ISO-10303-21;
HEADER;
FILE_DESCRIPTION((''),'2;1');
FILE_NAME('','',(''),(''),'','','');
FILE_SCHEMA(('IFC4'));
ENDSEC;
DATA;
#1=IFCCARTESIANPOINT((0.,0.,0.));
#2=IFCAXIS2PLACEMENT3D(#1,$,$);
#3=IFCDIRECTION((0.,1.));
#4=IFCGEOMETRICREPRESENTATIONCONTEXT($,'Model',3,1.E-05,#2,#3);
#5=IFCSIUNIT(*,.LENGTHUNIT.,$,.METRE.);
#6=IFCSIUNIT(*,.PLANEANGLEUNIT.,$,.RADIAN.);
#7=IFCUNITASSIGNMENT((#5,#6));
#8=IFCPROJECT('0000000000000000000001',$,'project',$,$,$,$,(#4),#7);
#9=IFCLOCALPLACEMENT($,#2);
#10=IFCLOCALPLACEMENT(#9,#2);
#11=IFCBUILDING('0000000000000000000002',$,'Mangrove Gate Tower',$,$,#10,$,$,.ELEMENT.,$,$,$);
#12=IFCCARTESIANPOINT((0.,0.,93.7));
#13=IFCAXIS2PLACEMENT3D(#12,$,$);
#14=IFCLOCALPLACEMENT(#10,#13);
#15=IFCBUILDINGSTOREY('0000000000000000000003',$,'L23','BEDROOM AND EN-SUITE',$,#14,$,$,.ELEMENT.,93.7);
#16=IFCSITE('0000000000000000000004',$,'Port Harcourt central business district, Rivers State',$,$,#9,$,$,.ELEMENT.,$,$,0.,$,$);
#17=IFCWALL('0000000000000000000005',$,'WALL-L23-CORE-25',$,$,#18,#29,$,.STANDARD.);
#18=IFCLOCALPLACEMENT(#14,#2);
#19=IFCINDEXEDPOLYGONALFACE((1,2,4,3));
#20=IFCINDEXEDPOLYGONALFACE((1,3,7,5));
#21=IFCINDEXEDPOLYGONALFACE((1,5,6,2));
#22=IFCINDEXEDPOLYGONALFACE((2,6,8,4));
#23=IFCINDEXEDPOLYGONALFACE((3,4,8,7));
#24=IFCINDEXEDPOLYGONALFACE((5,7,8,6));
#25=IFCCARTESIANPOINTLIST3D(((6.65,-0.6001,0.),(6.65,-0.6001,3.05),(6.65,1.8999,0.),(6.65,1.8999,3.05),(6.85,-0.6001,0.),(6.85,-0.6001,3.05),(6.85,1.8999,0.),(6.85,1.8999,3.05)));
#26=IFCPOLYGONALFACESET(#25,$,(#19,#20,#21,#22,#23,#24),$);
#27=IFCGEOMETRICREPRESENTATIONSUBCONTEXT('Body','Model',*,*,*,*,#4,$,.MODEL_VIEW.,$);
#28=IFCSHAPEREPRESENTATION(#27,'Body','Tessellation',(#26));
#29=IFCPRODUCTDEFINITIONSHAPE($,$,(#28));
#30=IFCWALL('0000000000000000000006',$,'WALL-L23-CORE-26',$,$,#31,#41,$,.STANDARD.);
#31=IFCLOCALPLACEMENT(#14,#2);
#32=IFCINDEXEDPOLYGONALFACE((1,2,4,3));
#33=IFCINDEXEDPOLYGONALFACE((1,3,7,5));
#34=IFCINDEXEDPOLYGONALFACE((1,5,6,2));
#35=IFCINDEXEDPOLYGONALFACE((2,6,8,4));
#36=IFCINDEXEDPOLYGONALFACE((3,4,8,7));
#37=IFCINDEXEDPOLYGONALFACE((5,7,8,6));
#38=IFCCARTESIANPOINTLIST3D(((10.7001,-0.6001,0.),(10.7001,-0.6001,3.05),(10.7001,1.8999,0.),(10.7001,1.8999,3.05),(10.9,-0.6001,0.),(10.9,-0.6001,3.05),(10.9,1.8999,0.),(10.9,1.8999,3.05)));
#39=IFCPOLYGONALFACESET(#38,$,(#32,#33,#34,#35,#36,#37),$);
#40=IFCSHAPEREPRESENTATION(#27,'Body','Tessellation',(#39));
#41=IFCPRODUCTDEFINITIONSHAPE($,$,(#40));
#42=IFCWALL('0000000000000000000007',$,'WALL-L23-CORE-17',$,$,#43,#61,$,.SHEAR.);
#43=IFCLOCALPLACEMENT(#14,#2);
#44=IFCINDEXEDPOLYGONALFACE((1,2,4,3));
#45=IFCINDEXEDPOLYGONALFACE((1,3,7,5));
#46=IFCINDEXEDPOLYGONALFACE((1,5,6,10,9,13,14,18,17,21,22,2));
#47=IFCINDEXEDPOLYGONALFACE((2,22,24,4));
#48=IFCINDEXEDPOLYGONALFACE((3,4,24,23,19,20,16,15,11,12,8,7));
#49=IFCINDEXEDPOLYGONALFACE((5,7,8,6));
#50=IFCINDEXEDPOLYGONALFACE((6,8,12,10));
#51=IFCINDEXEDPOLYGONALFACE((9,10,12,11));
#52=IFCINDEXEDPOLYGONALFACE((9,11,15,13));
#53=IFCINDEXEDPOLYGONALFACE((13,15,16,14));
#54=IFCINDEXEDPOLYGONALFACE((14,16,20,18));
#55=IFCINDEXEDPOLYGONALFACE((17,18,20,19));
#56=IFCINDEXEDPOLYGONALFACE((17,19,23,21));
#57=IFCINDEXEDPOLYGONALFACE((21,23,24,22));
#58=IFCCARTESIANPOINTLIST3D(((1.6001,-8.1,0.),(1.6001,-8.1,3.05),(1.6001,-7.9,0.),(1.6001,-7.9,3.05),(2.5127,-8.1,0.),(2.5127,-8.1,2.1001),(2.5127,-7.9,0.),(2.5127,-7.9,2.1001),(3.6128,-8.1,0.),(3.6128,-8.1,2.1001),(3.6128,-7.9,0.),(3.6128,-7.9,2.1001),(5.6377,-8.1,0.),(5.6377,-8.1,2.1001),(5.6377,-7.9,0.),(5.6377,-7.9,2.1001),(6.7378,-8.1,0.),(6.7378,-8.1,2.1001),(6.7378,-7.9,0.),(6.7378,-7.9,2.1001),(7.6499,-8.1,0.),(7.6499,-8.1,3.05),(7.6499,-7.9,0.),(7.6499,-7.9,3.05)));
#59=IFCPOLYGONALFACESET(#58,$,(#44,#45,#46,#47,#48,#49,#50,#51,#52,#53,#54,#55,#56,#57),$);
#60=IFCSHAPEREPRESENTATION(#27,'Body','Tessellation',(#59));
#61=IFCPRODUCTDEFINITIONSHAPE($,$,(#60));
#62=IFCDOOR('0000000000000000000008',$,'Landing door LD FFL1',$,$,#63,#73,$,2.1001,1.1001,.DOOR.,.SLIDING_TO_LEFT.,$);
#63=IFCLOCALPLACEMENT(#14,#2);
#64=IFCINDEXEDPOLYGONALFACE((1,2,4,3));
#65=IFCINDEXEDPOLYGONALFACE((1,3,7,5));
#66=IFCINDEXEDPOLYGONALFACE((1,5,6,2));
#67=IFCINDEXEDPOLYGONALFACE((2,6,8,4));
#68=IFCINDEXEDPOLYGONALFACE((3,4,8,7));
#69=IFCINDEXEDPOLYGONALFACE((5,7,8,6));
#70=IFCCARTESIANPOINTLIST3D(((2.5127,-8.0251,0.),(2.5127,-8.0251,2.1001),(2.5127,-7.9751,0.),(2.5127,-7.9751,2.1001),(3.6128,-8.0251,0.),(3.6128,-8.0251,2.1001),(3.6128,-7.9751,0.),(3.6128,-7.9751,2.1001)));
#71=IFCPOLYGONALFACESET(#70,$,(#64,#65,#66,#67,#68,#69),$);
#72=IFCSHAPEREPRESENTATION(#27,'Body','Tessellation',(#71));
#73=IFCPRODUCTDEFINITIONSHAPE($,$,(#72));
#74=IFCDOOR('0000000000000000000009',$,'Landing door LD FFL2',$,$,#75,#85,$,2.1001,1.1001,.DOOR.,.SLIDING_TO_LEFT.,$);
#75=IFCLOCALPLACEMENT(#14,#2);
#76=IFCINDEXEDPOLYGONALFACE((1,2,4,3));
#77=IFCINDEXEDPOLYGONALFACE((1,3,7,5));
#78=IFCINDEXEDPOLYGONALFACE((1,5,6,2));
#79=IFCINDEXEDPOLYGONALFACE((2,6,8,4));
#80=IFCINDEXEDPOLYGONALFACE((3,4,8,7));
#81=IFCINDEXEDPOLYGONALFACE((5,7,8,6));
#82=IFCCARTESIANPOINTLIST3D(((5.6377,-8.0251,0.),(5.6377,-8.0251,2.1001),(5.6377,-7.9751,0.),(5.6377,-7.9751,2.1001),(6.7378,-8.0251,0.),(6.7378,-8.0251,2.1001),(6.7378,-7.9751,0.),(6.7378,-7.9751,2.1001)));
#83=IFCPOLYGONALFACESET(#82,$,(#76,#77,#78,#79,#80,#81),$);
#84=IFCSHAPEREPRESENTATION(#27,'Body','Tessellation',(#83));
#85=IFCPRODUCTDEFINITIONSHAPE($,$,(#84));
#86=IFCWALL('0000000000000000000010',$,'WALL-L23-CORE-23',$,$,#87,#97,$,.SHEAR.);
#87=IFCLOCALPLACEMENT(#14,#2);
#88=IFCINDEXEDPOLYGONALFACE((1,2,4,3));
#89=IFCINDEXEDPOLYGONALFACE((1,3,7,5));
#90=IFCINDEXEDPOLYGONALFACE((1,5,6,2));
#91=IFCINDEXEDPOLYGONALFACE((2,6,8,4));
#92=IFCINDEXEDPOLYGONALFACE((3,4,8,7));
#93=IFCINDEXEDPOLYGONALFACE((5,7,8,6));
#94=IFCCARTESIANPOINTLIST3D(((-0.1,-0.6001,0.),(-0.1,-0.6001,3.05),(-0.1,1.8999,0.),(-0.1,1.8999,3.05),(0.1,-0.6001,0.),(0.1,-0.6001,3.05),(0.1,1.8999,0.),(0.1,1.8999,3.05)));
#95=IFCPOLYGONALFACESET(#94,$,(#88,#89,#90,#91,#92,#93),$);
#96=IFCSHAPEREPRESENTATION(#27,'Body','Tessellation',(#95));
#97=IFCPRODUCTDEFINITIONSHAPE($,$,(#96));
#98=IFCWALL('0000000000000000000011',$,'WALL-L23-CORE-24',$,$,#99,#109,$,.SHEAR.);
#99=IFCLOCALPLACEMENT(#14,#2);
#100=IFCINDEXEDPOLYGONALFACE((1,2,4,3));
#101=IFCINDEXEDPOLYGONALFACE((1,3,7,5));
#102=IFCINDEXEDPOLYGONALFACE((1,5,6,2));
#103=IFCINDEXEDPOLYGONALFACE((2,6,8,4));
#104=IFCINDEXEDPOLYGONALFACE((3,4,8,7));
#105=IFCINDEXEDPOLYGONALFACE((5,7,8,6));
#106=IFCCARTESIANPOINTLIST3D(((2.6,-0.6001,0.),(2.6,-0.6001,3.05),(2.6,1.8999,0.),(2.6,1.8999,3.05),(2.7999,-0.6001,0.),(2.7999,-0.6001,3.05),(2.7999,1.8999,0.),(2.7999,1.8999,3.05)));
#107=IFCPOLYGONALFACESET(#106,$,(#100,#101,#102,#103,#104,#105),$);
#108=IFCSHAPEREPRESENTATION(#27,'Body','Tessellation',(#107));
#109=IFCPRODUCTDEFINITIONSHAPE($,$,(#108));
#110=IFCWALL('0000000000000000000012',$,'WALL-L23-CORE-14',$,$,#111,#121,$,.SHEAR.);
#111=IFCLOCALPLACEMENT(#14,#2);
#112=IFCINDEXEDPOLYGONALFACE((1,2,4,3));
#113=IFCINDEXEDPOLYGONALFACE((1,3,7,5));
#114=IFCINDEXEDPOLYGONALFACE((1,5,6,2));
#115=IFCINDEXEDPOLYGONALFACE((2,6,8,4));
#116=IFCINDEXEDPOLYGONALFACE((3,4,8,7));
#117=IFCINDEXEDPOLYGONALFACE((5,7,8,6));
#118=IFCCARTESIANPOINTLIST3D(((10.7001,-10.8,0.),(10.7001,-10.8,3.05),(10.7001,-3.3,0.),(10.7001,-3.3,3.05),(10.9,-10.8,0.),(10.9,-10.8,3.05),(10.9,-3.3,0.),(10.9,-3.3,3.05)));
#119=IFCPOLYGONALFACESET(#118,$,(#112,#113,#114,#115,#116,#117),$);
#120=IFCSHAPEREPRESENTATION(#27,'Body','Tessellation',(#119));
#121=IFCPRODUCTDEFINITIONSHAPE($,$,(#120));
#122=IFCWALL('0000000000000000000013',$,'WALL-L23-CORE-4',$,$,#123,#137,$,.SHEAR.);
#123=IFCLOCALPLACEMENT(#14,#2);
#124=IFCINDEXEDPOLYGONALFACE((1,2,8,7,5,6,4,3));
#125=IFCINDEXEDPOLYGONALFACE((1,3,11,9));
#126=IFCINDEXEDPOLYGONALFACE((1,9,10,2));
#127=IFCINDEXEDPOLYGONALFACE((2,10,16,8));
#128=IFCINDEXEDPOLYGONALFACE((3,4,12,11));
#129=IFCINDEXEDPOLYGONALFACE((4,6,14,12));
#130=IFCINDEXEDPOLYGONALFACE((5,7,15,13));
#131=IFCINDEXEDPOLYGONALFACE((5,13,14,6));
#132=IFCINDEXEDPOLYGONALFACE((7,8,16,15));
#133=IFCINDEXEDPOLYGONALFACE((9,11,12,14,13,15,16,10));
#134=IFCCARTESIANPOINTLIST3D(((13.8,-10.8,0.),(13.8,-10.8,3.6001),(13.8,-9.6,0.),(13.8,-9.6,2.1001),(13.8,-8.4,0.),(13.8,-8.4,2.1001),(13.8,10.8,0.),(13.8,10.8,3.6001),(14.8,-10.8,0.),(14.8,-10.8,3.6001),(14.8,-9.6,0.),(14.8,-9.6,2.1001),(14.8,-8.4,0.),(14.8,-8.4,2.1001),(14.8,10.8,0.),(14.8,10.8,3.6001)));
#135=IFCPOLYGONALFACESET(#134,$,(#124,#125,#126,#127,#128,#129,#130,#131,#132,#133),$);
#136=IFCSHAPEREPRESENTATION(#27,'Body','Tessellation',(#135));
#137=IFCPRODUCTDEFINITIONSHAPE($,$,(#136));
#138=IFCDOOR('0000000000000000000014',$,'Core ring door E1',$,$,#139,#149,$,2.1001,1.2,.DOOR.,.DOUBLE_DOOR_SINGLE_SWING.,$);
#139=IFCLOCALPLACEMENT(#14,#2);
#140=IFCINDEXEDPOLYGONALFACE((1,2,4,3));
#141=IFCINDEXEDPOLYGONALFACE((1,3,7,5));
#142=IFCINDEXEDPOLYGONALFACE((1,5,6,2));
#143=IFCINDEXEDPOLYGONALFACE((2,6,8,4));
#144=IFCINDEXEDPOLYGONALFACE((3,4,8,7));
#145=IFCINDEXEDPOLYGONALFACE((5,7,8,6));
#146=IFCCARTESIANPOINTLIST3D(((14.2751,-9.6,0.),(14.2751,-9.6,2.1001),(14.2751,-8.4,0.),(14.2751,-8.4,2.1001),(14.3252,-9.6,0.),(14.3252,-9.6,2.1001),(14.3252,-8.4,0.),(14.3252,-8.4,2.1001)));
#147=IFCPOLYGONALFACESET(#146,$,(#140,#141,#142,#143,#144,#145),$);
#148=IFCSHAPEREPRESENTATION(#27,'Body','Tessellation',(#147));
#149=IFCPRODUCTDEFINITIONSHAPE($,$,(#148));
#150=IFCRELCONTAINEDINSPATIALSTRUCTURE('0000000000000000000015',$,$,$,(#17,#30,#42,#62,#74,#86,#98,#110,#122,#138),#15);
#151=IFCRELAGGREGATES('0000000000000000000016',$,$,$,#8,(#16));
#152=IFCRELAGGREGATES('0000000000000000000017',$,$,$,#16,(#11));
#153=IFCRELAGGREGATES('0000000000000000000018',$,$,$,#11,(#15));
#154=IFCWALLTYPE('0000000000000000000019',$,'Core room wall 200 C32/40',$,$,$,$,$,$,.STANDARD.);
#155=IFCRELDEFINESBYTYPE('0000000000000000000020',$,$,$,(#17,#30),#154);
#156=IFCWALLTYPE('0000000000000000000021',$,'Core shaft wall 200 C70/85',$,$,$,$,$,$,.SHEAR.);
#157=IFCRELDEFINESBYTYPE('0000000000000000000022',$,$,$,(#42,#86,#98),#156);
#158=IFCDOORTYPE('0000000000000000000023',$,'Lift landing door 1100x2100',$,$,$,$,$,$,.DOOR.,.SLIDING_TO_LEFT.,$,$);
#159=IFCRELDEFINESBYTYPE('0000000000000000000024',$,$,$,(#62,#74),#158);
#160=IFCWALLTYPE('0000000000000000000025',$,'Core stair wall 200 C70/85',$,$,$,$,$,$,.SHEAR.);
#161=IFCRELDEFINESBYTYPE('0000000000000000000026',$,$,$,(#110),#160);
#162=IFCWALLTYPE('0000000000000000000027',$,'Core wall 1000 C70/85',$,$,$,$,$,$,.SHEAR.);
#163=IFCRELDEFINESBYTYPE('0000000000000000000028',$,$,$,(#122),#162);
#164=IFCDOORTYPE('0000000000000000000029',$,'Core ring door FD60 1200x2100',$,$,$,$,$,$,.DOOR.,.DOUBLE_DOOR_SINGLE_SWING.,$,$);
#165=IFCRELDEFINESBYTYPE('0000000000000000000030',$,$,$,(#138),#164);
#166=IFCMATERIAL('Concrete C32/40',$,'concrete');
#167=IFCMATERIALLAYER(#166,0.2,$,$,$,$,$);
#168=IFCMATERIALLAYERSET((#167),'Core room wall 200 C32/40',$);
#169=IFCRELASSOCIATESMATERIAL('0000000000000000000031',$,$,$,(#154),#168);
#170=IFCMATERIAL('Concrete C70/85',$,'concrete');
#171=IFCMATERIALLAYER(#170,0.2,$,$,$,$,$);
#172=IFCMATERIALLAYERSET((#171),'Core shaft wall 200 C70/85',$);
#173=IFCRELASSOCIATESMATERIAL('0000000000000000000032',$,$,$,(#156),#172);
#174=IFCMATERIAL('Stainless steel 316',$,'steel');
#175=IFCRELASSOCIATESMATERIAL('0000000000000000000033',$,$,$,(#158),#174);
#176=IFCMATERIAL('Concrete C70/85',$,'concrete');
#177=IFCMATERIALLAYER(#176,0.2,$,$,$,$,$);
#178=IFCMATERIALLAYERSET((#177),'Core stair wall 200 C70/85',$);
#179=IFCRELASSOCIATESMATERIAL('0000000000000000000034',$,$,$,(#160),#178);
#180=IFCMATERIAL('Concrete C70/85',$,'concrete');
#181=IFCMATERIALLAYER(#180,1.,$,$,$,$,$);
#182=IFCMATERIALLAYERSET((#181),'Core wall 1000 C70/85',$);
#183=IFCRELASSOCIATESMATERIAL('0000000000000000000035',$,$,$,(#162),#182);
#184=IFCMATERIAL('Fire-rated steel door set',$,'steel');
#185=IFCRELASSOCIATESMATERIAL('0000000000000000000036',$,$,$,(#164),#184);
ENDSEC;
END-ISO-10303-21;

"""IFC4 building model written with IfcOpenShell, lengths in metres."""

from ifc_helpers import new_model, si_unit, direction, frame, frame_2d, origin, place, context, subcontext, project, spatial, rectangle, extrude, material, layer, layer_set, type_object, element, fill, save


model = new_model("IFC4")

# Units and contexts
model_context = context("Model", 3, precision=1e-05, world=origin(), true_north=direction((0.0, 1.0)))
body_context = subcontext(model_context, "Body", "Model", "MODEL_VIEW")
ifc_project = project(units=[si_unit("LENGTHUNIT", "METRE"), si_unit("PLANEANGLEUNIT", "RADIAN")], contexts=[model_context])

# Site, building, storey
site_placement = place(None, origin())
site = spatial("IfcSite", under=ifc_project, at=site_placement, Name="Port Harcourt central business district, Rivers State", CompositionType="ELEMENT", RefElevation=0.0)
building_placement = place(site_placement, origin())
building = spatial("IfcBuilding", under=site, at=building_placement, Name="Mangrove Gate Tower", CompositionType="ELEMENT")
storey_placement = place(building_placement, frame((0.0, 0.0, 93.7)))
storey = spatial("IfcBuildingStorey", under=building, at=storey_placement, Name="L23", Description="BEDROOM AND EN-SUITE", CompositionType="ELEMENT", Elevation=93.7)

# Walls
ifc_material_1 = material(Name="Concrete C32/40", Category="concrete")
ifc_layer_1 = layer(ifc_material_1, 0.2)
ifc_layer_set_1 = layer_set([ifc_layer_1], Name="Core room wall 200 C32/40")
wall_type_1 = type_object("IfcWallType", Name="Core room wall 200 C32/40", PredefinedType="STANDARD", material=ifc_layer_set_1)
for number, where, z_axis, x_axis, name in (
    (1, (6.75, -0.6001, 0.0), (0.0, 0.0, 1.0), (0.0, 1.0, 0.0), "WALL-L23-CORE-25"),
    (2, (10.8, -0.6001, 0.0), (0.0, 0.0, 1.0), (0.0, 1.0, 0.0), "WALL-L23-CORE-26"),
):
    element("IfcWall", number, at=place(storey_placement, frame(where, z_axis=z_axis, x_axis=x_axis)), inside=storey, type_object=wall_type_1, Name=name, PredefinedType="STANDARD", context=body_context, shape_type="SweptSolid", body=[
        extrude(rectangle(XDim=2.5, YDim=0.2, at=frame_2d((1.25, 0.0))), origin(), (0.0, 0.0, 1.0), 3.05),
    ])

# Wall, openings, doors
ifc_material_2 = material(Name="Concrete C70/85", Category="concrete")
ifc_layer_2 = layer(ifc_material_2, 0.2)
ifc_layer_set_2 = layer_set([ifc_layer_2], Name="Core shaft wall 200 C70/85")
wall_type_2 = type_object("IfcWallType", Name="Core shaft wall 200 C70/85", PredefinedType="SHEAR", material=ifc_layer_set_2)
wall_1_placement = place(storey_placement, frame((1.6001, -8.0, 0.0), z_axis=(0.0, 0.0, 1.0), x_axis=(1.0, 0.0, 0.0)))
wall_1 = element("IfcWall", 3, at=wall_1_placement, inside=storey, type_object=wall_type_2, Name="WALL-L23-CORE-17", PredefinedType="SHEAR", context=body_context, shape_type="SweptSolid", body=[
    extrude(rectangle(XDim=6.0498, YDim=0.2, at=frame_2d((3.0249, 0.0))), origin(), (0.0, 0.0, 1.0), 3.05),
])
opening_1_placement = place(wall_1_placement, frame((0.9126, 0.0, 0.0)))
opening_1 = element("IfcOpeningElement", 4, at=opening_1_placement, cuts=wall_1, PredefinedType="OPENING", context=body_context, shape_type="SweptSolid", body=[
    extrude(rectangle(XDim=1.1001, YDim=2.1001, at=frame_2d((0.55, 1.05))), frame((0.0, 0.1099, 0.0), z_axis=(0.0, -1.0, 0.0), x_axis=(1.0, 0.0, 0.0)), (0.0, 0.0, 1.0), 0.22),
])
opening_2_placement = place(wall_1_placement, frame((4.0376, 0.0, 0.0)))
opening_2 = element("IfcOpeningElement", 5, at=opening_2_placement, cuts=wall_1, PredefinedType="OPENING", context=body_context, shape_type="SweptSolid", body=[
    extrude(rectangle(XDim=1.1001, YDim=2.1001, at=frame_2d((0.55, 1.05))), frame((0.0, 0.1099, 0.0), z_axis=(0.0, -1.0, 0.0), x_axis=(1.0, 0.0, 0.0)), (0.0, 0.0, 1.0), 0.22),
])
ifc_material_3 = material(Name="Stainless steel 316", Category="steel")
door_type_1 = type_object("IfcDoorType", Name="Lift landing door 1100x2100", OperationType="SLIDING_TO_LEFT", PredefinedType="DOOR", material=ifc_material_3)
door_1_placement = place(opening_1_placement, origin())
door_1 = element("IfcDoor", 6, at=door_1_placement, inside=storey, type_object=door_type_1, Name="Landing door LD FFL1", OperationType="SLIDING_TO_LEFT", OverallHeight=2.1001, OverallWidth=1.1001, PredefinedType="DOOR", context=body_context, shape_type="SweptSolid", body=[
    extrude(rectangle(XDim=1.1001, YDim=2.1001, at=frame_2d((0.55, 1.05))), frame((0.0, 0.0249, 0.0), z_axis=(0.0, -1.0, 0.0), x_axis=(1.0, 0.0, 0.0)), (0.0, 0.0, 1.0), 0.05),
])
fill(opening_1, door_1)
door_2_placement = place(opening_2_placement, origin())
door_2 = element("IfcDoor", 7, at=door_2_placement, inside=storey, type_object=door_type_1, Name="Landing door LD FFL2", OperationType="SLIDING_TO_LEFT", OverallHeight=2.1001, OverallWidth=1.1001, PredefinedType="DOOR", context=body_context, shape_type="SweptSolid", body=[
    extrude(rectangle(XDim=1.1001, YDim=2.1001, at=frame_2d((0.55, 1.05))), frame((0.0, 0.0249, 0.0), z_axis=(0.0, -1.0, 0.0), x_axis=(1.0, 0.0, 0.0)), (0.0, 0.0, 1.0), 0.05),
])
fill(opening_2, door_2)

# Walls
for number, where, z_axis, x_axis, name in (
    (8, (0.0, -0.6001, 0.0), (0.0, 0.0, 1.0), (0.0, 1.0, 0.0), "WALL-L23-CORE-23"),
    (9, (2.7, -0.6001, 0.0), (0.0, 0.0, 1.0), (0.0, 1.0, 0.0), "WALL-L23-CORE-24"),
):
    element("IfcWall", number, at=place(storey_placement, frame(where, z_axis=z_axis, x_axis=x_axis)), inside=storey, type_object=wall_type_2, Name=name, PredefinedType="SHEAR", context=body_context, shape_type="SweptSolid", body=[
        extrude(rectangle(XDim=2.5, YDim=0.2, at=frame_2d((1.25, 0.0))), origin(), (0.0, 0.0, 1.0), 3.05),
    ])
ifc_material_4 = material(Name="Concrete C70/85", Category="concrete")
ifc_layer_3 = layer(ifc_material_4, 0.2)
ifc_layer_set_3 = layer_set([ifc_layer_3], Name="Core stair wall 200 C70/85")
wall_type_3 = type_object("IfcWallType", Name="Core stair wall 200 C70/85", PredefinedType="SHEAR", material=ifc_layer_set_3)
wall_2_placement = place(storey_placement, frame((10.8, -10.8, 0.0), z_axis=(0.0, 0.0, 1.0), x_axis=(0.0, 1.0, 0.0)))
element("IfcWall", 10, at=wall_2_placement, inside=storey, type_object=wall_type_3, Name="WALL-L23-CORE-14", PredefinedType="SHEAR", context=body_context, shape_type="SweptSolid", body=[
    extrude(rectangle(XDim=7.5, YDim=0.2, at=frame_2d((3.75, 0.0))), origin(), (0.0, 0.0, 1.0), 3.05),
])

# Wall, opening, door
ifc_material_5 = material(Name="Concrete C70/85", Category="concrete")
ifc_layer_4 = layer(ifc_material_5, 1.0)
ifc_layer_set_4 = layer_set([ifc_layer_4], Name="Core wall 1000 C70/85")
wall_type_4 = type_object("IfcWallType", Name="Core wall 1000 C70/85", PredefinedType="SHEAR", material=ifc_layer_set_4)
wall_3_placement = place(storey_placement, frame((14.3, -10.8, 0.0), z_axis=(0.0, 0.0, 1.0), x_axis=(0.0, 1.0, 0.0)))
wall_3 = element("IfcWall", 11, at=wall_3_placement, inside=storey, type_object=wall_type_4, Name="WALL-L23-CORE-4", PredefinedType="SHEAR", context=body_context, shape_type="SweptSolid", body=[
    extrude(rectangle(XDim=21.6001, YDim=1.0, at=frame_2d((10.8, 0.0))), origin(), (0.0, 0.0, 1.0), 3.6001),
])
opening_3_placement = place(wall_3_placement, frame((1.2, 0.0, 0.0)))
opening_3 = element("IfcOpeningElement", 12, at=opening_3_placement, cuts=wall_3, PredefinedType="OPENING", context=body_context, shape_type="SweptSolid", body=[
    extrude(rectangle(XDim=1.2, YDim=2.1001, at=frame_2d((0.6001, 1.05))), frame((0.0, 0.51, 0.0), z_axis=(0.0, -1.0, 0.0), x_axis=(1.0, 0.0, 0.0)), (0.0, 0.0, 1.0), 1.02),
])
ifc_material_6 = material(Name="Fire-rated steel door set", Category="steel")
door_type_2 = type_object("IfcDoorType", Name="Core ring door FD60 1200x2100", OperationType="DOUBLE_DOOR_SINGLE_SWING", PredefinedType="DOOR", material=ifc_material_6)
door_3_placement = place(opening_3_placement, origin())
door_3 = element("IfcDoor", 13, at=door_3_placement, inside=storey, type_object=door_type_2, Name="Core ring door E1", OperationType="DOUBLE_DOOR_SINGLE_SWING", OverallHeight=2.1001, OverallWidth=1.2, PredefinedType="DOOR", context=body_context, shape_type="SweptSolid", body=[
    extrude(rectangle(XDim=1.2, YDim=2.1001, at=frame_2d((0.6001, 1.05))), frame((0.0, 0.0249, 0.0), z_axis=(0.0, -1.0, 0.0), x_axis=(1.0, 0.0, 0.0)), (0.0, 0.0, 1.0), 0.05),
])
fill(opening_3, door_3)

save(model, "model.ifc")
